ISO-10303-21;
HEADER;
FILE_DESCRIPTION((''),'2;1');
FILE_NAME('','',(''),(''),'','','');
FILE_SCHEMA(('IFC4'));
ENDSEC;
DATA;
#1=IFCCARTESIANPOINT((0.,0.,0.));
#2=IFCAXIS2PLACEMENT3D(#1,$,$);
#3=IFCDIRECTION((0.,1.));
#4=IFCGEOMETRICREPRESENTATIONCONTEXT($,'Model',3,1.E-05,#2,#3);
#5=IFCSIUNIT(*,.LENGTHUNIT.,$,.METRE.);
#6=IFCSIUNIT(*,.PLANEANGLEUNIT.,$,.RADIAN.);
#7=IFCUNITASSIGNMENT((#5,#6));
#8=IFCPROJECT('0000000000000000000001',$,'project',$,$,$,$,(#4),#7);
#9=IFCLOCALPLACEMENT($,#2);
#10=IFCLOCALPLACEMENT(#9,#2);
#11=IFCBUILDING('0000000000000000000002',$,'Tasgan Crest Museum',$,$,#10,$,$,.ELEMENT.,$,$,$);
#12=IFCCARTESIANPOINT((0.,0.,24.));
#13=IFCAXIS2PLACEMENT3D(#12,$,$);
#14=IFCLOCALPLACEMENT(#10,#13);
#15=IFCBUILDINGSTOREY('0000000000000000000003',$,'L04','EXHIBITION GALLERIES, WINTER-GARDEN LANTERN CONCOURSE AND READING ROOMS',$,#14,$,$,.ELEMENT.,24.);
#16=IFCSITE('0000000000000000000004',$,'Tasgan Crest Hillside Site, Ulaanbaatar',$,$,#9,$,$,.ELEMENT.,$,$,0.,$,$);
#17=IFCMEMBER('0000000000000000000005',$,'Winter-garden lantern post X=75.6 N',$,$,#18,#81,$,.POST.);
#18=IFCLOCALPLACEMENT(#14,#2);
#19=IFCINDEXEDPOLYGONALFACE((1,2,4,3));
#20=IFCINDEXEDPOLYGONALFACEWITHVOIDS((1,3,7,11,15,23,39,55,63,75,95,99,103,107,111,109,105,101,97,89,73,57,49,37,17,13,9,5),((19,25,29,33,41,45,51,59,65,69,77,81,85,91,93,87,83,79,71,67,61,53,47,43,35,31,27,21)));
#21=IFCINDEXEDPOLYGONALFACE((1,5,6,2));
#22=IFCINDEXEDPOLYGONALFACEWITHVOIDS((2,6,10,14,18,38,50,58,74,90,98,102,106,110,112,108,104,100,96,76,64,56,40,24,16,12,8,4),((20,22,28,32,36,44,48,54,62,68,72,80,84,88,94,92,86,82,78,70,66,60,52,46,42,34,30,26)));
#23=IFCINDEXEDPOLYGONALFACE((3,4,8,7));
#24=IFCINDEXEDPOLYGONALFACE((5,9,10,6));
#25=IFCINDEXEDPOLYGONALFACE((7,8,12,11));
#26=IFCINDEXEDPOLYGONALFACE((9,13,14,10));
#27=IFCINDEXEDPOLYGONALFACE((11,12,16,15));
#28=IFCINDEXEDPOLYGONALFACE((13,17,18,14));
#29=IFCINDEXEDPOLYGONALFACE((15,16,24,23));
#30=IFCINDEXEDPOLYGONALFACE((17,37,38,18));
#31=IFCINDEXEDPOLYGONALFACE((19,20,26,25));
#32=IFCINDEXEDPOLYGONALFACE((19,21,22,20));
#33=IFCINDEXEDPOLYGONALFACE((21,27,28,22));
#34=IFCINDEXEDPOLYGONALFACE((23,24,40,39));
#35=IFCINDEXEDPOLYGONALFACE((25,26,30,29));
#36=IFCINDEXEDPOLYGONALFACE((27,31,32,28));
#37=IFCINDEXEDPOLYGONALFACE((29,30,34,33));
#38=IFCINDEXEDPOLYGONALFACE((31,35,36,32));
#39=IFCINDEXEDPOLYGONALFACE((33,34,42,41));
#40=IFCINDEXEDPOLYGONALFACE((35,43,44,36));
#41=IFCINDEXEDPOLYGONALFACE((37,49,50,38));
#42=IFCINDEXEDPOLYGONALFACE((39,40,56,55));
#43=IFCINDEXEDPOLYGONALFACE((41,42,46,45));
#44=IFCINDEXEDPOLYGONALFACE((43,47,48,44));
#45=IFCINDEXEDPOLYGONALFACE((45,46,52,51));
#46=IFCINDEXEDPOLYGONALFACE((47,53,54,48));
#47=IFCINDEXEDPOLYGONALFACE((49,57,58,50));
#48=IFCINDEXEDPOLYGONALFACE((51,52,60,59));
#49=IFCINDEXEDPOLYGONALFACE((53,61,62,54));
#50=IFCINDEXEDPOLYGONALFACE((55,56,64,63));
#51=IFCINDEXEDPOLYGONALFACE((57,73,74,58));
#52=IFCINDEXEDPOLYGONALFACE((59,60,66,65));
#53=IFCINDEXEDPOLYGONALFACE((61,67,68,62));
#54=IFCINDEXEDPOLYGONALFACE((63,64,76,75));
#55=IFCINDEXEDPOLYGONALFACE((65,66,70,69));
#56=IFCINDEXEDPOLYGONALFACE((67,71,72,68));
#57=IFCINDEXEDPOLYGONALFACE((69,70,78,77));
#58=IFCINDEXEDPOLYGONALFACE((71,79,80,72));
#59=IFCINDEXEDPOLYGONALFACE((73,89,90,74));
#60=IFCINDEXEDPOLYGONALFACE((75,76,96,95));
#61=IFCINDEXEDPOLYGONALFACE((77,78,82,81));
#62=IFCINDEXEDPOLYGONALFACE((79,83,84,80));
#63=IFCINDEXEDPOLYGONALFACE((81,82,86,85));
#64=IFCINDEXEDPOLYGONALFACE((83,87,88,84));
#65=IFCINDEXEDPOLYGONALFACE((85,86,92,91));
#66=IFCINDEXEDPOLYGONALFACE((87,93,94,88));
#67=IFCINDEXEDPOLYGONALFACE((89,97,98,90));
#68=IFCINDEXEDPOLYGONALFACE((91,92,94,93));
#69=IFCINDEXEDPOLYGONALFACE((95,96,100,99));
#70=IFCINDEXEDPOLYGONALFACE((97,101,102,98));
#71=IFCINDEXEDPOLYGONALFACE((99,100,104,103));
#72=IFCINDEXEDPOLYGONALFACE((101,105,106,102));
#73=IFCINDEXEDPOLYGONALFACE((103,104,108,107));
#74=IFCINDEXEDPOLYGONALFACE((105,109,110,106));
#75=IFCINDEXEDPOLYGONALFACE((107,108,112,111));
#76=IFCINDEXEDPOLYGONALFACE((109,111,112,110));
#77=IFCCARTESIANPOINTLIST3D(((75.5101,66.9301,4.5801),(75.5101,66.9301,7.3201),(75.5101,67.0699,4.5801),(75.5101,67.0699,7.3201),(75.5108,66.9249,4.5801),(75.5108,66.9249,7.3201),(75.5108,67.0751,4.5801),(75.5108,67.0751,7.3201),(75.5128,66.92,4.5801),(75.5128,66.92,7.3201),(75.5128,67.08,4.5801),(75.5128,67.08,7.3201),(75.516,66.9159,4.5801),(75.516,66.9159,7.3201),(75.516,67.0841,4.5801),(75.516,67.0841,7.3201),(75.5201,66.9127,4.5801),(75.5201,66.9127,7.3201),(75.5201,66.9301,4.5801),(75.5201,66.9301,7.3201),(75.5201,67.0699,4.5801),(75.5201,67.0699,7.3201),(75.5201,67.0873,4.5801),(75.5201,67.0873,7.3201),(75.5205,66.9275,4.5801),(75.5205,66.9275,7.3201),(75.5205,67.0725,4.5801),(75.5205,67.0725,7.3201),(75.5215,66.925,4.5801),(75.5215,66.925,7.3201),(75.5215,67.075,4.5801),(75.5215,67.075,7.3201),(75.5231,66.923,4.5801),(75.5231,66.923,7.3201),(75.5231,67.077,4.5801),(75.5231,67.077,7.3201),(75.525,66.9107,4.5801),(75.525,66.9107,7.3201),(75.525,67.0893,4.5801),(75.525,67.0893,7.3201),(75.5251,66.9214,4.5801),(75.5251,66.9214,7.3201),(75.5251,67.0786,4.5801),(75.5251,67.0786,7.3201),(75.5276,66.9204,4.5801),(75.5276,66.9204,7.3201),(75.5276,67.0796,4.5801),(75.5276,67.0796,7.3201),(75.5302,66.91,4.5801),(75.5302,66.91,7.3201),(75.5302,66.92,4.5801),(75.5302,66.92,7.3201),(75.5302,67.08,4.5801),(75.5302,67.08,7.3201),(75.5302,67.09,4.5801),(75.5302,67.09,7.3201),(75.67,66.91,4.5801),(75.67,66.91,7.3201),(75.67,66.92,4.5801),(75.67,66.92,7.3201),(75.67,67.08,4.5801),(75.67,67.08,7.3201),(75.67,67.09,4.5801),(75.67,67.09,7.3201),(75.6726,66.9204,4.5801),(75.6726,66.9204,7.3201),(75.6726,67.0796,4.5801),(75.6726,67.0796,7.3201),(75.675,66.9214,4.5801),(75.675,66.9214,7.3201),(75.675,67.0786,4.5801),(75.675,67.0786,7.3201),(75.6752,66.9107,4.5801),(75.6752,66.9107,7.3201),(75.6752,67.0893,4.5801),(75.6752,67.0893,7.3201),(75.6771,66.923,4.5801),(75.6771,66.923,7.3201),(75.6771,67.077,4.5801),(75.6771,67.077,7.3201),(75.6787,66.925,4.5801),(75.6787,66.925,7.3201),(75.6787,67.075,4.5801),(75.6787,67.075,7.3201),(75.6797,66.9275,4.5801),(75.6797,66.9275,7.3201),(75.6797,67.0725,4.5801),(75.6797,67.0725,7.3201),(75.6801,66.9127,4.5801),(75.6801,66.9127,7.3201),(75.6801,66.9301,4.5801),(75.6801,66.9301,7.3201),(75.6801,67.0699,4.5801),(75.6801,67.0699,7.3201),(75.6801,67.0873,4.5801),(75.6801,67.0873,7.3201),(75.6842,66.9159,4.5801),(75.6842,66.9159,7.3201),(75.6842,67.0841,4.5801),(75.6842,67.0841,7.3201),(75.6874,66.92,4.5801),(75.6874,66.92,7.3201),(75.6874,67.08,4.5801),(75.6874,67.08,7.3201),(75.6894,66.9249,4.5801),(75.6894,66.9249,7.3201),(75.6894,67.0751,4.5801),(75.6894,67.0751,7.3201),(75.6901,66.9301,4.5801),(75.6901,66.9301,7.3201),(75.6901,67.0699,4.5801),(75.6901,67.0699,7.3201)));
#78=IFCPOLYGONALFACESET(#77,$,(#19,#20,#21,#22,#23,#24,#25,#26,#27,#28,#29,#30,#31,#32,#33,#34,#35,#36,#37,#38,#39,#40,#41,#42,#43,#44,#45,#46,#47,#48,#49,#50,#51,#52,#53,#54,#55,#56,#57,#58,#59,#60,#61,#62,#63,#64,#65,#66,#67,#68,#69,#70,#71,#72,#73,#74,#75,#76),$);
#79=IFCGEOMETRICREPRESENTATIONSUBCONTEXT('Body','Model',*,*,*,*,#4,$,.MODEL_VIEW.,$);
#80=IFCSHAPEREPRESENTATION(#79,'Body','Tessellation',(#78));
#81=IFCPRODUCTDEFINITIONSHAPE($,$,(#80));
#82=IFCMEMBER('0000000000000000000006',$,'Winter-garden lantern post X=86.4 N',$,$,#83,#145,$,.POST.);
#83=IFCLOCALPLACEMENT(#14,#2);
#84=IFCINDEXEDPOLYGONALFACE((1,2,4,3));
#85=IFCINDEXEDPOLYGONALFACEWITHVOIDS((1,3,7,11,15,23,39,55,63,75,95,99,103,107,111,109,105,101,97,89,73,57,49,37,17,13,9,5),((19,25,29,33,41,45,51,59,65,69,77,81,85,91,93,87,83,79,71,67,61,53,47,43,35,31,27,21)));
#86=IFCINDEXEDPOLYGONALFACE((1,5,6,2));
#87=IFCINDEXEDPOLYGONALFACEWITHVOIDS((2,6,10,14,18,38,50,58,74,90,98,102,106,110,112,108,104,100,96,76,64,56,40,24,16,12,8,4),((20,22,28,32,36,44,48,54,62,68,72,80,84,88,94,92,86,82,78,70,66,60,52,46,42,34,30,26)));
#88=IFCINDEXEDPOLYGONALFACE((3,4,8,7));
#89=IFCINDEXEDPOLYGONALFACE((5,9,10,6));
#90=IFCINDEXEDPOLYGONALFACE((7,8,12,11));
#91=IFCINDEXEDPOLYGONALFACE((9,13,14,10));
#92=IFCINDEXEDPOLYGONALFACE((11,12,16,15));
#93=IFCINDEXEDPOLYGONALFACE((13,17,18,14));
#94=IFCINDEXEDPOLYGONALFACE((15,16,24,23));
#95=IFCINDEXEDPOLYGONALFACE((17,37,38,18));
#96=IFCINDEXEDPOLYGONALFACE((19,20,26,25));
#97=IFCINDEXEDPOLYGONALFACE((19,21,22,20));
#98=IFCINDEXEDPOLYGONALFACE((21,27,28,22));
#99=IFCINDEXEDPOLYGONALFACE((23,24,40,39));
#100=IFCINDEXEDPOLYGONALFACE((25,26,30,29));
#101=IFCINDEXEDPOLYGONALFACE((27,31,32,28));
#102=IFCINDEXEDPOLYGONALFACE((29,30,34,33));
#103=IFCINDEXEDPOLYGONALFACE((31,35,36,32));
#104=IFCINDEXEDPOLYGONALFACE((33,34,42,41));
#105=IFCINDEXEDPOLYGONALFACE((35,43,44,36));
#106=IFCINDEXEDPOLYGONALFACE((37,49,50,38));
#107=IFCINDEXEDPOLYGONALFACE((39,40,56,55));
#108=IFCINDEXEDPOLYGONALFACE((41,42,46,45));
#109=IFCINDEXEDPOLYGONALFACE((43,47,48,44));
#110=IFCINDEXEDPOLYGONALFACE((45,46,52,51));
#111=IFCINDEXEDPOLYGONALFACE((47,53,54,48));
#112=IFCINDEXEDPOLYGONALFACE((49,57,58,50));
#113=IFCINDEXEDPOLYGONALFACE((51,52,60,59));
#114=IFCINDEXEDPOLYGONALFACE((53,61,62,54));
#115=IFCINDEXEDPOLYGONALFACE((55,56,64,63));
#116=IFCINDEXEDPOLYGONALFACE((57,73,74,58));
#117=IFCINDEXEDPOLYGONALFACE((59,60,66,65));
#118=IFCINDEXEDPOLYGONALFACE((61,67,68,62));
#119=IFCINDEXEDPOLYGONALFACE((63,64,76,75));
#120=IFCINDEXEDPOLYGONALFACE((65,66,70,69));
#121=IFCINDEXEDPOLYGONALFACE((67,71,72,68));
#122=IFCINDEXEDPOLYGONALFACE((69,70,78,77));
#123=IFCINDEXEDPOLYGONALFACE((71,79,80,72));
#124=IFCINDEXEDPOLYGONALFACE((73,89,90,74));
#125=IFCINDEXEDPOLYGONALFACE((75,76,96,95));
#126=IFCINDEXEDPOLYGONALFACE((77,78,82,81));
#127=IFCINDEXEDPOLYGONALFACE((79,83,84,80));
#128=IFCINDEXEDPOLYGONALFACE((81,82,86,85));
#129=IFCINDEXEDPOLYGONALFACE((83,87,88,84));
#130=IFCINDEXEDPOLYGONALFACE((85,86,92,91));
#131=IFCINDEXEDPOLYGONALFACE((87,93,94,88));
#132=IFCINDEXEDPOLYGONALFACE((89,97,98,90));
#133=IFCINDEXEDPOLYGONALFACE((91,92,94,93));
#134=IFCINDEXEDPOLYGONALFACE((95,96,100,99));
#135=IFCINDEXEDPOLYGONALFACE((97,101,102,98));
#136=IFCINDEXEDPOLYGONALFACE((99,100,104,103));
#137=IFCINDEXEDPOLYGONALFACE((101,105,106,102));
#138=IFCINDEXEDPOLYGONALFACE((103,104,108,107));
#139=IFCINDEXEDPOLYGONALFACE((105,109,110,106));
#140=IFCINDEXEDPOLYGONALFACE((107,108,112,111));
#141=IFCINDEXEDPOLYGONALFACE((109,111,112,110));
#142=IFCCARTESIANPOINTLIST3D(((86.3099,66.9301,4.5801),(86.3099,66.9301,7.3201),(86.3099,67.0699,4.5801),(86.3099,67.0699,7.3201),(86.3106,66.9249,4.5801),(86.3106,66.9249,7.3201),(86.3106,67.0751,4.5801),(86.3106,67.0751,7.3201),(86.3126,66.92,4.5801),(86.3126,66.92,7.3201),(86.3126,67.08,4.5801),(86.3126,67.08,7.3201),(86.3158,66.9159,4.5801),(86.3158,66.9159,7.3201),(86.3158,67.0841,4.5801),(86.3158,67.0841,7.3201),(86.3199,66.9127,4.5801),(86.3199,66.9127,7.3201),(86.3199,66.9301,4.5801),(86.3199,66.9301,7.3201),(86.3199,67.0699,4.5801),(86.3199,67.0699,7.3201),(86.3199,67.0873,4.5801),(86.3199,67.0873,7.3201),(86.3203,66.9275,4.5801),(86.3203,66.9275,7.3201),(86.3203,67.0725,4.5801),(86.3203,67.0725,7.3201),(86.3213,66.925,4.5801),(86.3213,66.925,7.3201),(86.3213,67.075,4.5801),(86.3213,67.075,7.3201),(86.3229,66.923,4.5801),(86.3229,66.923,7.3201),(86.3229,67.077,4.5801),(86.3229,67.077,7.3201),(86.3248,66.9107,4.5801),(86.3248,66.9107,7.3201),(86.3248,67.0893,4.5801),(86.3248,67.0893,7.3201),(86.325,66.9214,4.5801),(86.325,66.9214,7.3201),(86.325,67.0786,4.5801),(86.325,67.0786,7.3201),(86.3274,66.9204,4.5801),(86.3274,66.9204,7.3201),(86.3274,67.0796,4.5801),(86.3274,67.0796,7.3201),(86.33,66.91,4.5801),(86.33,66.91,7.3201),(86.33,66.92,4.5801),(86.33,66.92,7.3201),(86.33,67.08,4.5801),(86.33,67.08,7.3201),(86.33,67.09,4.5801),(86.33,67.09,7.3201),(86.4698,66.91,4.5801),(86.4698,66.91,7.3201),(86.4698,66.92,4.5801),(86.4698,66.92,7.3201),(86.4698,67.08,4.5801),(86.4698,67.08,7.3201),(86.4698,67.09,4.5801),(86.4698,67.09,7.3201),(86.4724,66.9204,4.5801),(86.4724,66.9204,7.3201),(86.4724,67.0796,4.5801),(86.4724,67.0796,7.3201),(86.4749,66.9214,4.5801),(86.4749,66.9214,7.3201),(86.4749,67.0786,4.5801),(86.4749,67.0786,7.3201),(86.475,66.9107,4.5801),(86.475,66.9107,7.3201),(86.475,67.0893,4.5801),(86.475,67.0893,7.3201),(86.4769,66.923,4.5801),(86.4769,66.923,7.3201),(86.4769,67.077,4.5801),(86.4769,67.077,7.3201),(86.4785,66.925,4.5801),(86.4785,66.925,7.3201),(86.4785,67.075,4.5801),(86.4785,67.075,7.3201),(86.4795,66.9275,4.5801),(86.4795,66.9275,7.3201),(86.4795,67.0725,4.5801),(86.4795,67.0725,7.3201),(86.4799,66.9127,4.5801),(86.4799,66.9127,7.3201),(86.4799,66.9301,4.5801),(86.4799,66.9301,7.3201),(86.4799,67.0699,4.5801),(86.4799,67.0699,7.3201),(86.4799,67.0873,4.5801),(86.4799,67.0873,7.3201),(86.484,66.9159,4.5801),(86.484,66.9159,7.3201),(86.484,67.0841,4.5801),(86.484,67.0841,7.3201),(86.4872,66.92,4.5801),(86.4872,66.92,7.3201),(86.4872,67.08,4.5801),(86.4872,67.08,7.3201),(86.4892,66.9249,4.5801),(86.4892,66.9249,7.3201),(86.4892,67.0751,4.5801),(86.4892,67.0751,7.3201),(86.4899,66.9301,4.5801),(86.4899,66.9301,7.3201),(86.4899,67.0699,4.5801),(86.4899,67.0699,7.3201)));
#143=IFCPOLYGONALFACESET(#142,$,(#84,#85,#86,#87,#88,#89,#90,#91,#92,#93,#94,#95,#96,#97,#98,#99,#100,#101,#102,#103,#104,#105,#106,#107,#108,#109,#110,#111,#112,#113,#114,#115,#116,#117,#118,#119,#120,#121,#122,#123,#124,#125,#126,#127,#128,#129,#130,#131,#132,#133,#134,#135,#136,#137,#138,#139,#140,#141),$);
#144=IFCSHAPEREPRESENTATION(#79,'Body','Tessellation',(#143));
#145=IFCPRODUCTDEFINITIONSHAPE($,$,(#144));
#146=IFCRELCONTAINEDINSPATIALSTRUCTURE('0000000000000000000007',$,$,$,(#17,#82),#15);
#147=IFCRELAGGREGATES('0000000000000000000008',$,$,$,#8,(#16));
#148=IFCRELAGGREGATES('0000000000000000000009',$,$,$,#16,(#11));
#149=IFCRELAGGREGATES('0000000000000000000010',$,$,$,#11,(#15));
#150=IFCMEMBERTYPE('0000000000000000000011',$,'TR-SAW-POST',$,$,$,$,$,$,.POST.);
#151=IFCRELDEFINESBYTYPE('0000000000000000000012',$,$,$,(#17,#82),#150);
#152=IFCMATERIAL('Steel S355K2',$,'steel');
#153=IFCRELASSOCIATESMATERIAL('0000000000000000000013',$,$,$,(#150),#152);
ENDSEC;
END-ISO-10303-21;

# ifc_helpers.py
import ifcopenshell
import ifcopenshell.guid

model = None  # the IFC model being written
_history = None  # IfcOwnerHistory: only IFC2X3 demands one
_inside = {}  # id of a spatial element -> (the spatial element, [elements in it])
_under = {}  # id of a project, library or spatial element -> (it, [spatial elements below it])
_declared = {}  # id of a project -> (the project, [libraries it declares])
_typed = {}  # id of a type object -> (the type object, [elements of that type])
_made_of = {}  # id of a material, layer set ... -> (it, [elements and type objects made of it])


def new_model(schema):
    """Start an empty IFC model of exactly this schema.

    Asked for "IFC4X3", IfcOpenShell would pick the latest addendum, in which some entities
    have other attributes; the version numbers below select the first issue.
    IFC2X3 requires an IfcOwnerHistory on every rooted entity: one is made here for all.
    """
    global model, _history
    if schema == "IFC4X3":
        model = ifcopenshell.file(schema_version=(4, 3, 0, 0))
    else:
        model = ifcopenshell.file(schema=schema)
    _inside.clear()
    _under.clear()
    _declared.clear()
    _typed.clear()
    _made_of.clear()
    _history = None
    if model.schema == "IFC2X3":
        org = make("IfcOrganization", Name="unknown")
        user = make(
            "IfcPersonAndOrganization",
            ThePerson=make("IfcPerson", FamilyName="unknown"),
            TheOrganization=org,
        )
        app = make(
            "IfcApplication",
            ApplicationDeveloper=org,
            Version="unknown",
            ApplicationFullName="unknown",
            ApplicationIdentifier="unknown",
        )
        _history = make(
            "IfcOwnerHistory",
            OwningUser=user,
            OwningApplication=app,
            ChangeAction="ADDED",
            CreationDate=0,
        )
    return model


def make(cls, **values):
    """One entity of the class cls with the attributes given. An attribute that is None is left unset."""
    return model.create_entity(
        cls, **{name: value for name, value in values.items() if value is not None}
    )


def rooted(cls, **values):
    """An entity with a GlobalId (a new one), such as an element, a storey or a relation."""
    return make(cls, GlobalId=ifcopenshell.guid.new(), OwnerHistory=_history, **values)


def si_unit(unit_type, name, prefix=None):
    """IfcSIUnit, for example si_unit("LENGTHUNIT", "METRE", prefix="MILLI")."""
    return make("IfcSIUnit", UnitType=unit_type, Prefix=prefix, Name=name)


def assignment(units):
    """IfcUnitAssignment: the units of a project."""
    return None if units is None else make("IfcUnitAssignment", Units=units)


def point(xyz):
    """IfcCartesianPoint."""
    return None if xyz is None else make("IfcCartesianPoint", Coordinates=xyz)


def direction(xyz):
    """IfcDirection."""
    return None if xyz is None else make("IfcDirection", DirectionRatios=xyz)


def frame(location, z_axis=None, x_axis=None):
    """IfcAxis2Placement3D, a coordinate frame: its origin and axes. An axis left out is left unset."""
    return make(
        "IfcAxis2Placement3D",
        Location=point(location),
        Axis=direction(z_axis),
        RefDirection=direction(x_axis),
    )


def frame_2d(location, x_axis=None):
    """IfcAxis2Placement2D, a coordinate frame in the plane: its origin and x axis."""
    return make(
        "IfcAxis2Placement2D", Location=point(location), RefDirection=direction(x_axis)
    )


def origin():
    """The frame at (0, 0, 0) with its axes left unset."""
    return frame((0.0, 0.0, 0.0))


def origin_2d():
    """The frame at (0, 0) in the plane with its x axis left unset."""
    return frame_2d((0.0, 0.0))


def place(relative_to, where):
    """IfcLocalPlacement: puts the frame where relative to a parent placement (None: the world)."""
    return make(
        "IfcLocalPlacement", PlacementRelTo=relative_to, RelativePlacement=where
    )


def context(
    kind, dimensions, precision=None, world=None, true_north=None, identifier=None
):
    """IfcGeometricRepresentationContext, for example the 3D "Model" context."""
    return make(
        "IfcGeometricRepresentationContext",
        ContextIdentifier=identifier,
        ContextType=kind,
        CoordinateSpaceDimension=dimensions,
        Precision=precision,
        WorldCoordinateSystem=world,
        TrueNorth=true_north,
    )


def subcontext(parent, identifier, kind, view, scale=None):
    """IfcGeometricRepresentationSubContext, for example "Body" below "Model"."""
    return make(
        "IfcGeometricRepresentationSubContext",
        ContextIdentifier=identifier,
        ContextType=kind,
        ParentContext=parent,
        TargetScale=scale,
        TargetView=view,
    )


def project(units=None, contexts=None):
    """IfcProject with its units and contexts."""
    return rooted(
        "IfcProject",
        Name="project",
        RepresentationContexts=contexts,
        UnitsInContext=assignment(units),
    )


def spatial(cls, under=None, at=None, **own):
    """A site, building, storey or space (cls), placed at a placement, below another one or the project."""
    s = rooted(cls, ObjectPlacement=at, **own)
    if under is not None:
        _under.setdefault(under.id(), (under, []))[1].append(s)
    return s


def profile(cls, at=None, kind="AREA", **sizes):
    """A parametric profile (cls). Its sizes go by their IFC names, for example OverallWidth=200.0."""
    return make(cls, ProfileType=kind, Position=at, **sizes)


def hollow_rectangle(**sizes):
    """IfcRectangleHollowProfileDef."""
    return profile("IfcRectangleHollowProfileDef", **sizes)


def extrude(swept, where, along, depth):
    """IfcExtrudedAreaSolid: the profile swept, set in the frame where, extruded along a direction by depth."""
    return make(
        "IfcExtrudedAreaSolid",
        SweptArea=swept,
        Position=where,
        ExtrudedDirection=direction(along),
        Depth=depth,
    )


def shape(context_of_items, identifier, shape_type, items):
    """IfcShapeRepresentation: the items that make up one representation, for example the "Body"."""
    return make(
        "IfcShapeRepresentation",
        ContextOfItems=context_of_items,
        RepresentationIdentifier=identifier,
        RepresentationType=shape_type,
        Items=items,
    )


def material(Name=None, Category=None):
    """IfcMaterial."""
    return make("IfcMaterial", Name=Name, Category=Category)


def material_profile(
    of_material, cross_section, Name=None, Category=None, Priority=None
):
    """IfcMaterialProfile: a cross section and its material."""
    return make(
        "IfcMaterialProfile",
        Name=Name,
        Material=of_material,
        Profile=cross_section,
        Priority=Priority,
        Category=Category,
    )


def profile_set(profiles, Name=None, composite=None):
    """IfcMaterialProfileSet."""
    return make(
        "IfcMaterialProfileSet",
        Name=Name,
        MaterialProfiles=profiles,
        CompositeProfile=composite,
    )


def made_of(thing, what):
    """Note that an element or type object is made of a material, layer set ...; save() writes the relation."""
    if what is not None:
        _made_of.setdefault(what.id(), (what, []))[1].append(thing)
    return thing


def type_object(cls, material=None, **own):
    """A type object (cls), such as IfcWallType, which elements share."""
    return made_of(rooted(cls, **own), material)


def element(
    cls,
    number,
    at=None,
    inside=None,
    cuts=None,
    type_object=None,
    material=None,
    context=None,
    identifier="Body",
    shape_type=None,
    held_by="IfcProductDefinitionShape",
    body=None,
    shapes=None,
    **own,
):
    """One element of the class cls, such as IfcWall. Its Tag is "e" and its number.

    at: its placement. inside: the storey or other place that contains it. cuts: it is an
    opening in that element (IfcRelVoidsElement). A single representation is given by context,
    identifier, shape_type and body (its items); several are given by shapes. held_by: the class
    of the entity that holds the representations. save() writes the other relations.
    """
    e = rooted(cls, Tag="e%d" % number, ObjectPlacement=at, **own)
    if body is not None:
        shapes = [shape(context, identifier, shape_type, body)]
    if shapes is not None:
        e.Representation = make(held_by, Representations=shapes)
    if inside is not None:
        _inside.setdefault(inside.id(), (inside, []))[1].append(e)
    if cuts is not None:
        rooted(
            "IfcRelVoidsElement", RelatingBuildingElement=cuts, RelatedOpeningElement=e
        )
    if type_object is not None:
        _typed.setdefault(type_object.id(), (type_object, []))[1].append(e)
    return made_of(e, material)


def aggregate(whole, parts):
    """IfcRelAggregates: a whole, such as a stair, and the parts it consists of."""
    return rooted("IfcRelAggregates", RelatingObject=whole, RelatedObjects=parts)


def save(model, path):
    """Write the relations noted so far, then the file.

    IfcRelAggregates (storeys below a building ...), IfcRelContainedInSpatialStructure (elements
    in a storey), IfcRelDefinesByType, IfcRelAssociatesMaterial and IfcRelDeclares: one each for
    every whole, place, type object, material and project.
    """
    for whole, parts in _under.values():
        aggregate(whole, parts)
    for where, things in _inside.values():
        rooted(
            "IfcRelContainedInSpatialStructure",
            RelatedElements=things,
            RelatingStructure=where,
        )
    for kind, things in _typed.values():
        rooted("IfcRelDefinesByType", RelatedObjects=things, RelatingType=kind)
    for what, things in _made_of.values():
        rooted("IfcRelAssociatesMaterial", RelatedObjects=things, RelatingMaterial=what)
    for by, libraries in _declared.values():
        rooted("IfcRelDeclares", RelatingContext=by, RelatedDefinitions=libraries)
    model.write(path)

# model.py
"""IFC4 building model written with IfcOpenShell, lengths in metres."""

from ifc_helpers import new_model, si_unit, direction, frame, origin, origin_2d, place, context, subcontext, project, spatial, hollow_rectangle, extrude, material, material_profile, profile_set, type_object, element, save


model = new_model("IFC4")

# Units and contexts
model_context = context("Model", 3, precision=1e-05, world=origin(), true_north=direction((0.0, 1.0)))
body_context = subcontext(model_context, "Body", "Model", "MODEL_VIEW")
ifc_project = project(units=[si_unit("LENGTHUNIT", "METRE"), si_unit("PLANEANGLEUNIT", "RADIAN")], contexts=[model_context])

# Site, building, storey
site_placement = place(None, origin())
site = spatial("IfcSite", under=ifc_project, at=site_placement, Name="Tasgan Crest Hillside Site, Ulaanbaatar", CompositionType="ELEMENT", RefElevation=0.0)
building_placement = place(site_placement, origin())
building = spatial("IfcBuilding", under=site, at=building_placement, Name="Tasgan Crest Museum", CompositionType="ELEMENT")
storey_placement = place(building_placement, frame((0.0, 0.0, 24.0)))
storey = spatial("IfcBuildingStorey", under=building, at=storey_placement, Name="L04", Description="EXHIBITION GALLERIES, WINTER-GARDEN LANTERN CONCOURSE AND READING ROOMS", CompositionType="ELEMENT", Elevation=24.0)

# Members
ifc_material_1 = material(Name="Steel S355K2", Category="steel")
ifc_material_profile_1 = material_profile(ifc_material_1, hollow_rectangle(XDim=0.1799, YDim=0.1799, WallThickness=0.01, InnerFilletRadius=0.01, OuterFilletRadius=0.02, at=origin_2d()), Name="SHS 180x180x10")
ifc_profile_set_1 = profile_set([ifc_material_profile_1], Name="Steel S355K2")
member_type_1 = type_object("IfcMemberType", Name="TR-SAW-POST", PredefinedType="POST", material=ifc_profile_set_1)
for number, where, z_axis, x_axis, name in (
    (1, (75.6001, 67.0, 4.5801), (0.0, 0.0, 1.0), (1.0, 0.0, 0.0), "Winter-garden lantern post X=75.6 N"),
    (2, (86.3999, 67.0, 4.5801), (0.0, 0.0, 1.0), (1.0, 0.0, 0.0), "Winter-garden lantern post X=86.4 N"),
):
    element("IfcMember", number, at=place(storey_placement, frame(where, z_axis=z_axis, x_axis=x_axis)), inside=storey, type_object=member_type_1, Name=name, PredefinedType="POST", context=body_context, shape_type="SweptSolid", body=[
        extrude(hollow_rectangle(XDim=0.1799, YDim=0.1799, WallThickness=0.01, InnerFilletRadius=0.01, OuterFilletRadius=0.02, at=origin_2d()), origin(), (0.0, 0.0, 1.0), 2.74),
    ])

save(model, "model.ifc")
